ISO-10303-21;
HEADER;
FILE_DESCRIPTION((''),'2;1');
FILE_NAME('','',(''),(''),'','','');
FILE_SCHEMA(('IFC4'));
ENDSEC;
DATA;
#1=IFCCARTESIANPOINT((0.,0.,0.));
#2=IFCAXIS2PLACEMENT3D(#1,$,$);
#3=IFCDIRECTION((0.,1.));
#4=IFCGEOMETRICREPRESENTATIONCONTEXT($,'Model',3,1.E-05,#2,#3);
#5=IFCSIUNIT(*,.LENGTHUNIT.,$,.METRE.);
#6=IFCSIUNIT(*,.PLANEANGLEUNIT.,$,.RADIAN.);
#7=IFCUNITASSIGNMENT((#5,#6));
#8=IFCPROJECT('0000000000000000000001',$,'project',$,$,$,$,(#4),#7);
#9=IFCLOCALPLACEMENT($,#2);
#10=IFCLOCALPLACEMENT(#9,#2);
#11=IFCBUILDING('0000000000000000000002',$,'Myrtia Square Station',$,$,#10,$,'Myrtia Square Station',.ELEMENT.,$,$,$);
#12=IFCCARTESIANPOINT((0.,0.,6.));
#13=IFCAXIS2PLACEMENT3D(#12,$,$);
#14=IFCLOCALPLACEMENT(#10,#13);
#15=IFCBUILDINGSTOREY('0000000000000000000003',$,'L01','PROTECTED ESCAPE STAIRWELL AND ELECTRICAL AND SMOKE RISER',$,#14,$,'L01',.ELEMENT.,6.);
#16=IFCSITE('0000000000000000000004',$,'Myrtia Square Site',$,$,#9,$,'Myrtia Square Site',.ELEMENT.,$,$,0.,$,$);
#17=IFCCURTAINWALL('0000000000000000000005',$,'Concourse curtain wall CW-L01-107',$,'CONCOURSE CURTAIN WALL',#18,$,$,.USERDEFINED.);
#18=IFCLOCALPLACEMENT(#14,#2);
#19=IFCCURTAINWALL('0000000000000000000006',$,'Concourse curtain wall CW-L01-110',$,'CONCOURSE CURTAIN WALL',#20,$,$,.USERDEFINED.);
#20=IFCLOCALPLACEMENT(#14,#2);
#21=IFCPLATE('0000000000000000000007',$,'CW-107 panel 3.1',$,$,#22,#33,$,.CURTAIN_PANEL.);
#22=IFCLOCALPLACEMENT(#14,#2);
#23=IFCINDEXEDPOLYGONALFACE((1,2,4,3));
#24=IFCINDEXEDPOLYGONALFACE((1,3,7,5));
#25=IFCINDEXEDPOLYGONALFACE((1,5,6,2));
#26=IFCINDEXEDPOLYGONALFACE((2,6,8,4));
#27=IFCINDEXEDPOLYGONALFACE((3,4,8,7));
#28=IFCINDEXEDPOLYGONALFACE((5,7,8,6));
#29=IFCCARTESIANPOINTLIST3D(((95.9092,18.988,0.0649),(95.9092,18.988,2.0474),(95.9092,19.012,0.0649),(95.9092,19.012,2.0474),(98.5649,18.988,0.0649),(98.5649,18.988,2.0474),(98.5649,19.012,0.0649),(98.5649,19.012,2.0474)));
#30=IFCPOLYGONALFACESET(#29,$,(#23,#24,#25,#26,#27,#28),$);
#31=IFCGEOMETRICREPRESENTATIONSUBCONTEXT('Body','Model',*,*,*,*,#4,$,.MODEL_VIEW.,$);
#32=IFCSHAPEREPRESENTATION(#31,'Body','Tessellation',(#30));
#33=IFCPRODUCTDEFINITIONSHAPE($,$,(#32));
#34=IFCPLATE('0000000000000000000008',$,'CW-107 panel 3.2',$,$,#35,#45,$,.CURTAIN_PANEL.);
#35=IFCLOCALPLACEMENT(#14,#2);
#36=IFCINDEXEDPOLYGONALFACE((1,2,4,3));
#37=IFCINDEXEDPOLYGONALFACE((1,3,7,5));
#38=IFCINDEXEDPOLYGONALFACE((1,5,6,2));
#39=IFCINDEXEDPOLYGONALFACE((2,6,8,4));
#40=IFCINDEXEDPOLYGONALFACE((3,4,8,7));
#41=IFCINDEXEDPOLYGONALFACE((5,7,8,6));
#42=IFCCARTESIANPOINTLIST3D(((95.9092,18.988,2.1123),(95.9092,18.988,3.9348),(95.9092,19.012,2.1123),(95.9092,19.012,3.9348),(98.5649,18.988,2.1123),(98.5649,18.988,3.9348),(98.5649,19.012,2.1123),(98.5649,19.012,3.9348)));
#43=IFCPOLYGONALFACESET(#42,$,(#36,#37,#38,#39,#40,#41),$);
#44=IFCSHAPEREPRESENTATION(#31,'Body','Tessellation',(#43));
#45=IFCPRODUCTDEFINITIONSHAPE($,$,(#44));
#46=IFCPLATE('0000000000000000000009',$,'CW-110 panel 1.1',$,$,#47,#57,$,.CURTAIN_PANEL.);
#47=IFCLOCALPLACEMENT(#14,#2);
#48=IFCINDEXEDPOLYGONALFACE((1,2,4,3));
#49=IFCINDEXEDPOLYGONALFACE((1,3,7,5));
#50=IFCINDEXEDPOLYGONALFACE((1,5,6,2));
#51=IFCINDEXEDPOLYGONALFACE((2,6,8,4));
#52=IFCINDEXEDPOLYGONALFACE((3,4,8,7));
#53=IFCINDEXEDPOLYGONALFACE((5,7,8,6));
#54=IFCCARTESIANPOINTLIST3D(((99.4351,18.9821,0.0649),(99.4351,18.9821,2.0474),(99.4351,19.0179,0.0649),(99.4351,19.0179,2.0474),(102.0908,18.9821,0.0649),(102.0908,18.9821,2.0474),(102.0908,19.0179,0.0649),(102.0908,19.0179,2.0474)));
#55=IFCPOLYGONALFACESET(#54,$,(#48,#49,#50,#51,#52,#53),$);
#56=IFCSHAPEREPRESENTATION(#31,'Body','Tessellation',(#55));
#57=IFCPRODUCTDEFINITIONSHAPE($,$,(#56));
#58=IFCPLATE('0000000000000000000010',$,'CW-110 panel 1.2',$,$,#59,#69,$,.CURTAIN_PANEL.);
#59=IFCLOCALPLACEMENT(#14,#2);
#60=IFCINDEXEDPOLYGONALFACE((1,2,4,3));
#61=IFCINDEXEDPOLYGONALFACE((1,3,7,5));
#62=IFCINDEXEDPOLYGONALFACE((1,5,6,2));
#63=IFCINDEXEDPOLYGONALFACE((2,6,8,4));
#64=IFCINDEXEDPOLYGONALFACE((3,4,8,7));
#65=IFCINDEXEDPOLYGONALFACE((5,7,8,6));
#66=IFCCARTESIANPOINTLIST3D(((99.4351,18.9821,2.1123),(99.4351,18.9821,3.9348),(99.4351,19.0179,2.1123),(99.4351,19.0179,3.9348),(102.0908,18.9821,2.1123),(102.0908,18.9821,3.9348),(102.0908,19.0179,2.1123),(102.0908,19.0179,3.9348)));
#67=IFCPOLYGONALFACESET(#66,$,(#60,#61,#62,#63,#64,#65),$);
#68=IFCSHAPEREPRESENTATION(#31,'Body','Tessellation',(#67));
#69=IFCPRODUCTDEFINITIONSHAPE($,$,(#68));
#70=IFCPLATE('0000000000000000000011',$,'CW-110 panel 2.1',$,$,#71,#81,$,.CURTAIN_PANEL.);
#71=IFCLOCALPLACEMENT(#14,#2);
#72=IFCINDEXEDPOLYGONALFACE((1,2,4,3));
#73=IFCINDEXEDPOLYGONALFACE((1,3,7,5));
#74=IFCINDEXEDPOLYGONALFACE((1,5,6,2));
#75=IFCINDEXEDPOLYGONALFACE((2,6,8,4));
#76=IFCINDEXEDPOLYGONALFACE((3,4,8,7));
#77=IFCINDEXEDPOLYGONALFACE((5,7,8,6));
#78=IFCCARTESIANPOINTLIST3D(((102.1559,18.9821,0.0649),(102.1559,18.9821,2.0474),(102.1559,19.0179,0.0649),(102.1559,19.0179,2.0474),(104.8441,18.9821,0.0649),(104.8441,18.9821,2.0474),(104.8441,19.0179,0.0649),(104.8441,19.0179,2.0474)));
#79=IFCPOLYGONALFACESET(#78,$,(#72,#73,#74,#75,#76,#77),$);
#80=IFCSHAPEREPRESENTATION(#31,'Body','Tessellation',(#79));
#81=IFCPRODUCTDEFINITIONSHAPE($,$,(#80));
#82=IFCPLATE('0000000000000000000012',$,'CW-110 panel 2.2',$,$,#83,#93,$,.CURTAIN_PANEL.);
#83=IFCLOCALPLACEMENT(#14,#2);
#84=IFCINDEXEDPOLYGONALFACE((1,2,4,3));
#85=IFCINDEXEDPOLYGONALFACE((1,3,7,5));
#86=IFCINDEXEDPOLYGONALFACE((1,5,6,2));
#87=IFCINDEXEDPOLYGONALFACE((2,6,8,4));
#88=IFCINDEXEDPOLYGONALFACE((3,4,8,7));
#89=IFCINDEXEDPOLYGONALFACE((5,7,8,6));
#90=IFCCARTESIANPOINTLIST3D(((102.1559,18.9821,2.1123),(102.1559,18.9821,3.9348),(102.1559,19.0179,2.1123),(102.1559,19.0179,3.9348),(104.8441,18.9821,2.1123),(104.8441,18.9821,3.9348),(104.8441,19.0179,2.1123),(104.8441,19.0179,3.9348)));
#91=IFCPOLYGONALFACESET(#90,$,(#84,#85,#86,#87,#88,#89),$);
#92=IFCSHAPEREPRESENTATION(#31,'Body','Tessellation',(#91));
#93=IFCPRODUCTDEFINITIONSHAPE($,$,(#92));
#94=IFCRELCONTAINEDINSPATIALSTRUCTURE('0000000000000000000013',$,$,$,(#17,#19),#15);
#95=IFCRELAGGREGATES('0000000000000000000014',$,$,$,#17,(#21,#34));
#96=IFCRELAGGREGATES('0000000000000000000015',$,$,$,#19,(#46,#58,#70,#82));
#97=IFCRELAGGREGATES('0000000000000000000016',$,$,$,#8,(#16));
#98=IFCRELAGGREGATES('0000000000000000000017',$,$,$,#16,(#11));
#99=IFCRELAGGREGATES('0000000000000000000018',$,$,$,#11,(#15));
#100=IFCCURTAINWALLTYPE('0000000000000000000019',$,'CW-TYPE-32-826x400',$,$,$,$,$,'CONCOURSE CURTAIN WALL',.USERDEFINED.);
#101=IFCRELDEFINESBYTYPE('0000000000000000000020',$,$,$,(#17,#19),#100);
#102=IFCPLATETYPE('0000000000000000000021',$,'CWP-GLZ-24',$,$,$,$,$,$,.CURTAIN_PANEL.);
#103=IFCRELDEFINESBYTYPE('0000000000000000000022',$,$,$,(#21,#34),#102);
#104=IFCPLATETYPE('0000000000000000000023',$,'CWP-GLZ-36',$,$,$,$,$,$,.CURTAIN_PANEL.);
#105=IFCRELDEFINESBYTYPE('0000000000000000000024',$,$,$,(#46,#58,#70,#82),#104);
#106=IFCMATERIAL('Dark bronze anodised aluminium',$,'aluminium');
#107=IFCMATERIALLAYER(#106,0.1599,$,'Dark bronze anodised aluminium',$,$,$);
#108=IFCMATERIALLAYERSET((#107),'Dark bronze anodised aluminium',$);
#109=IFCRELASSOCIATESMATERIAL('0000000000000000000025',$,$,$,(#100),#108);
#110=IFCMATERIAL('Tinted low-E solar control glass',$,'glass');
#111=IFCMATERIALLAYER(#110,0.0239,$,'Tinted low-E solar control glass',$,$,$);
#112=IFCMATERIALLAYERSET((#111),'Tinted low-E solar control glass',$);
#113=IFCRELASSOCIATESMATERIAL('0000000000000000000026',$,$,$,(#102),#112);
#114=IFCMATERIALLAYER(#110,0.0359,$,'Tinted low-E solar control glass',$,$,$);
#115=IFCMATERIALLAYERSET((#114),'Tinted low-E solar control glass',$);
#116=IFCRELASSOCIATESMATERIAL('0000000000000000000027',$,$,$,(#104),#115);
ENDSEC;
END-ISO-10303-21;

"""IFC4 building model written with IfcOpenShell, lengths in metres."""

from ifc_helpers import new_model, si_unit, direction, frame, origin, origin_2d, place, context, subcontext, project, spatial, rectangle, extrude, material, layer, layer_set, type_object, element, aggregate, save


model = new_model("IFC4")

# Units and contexts
model_context = context("Model", 3, precision=1e-05, world=origin(), true_north=direction((0.0, 1.0)))
body_context = subcontext(model_context, "Body", "Model", "MODEL_VIEW")
ifc_project = project(units=[si_unit("LENGTHUNIT", "METRE"), si_unit("PLANEANGLEUNIT", "RADIAN")], contexts=[model_context])

# Site, building, storey
site_placement = place(None, origin())
site = spatial("IfcSite", under=ifc_project, at=site_placement, Name="Myrtia Square Site", LongName="Myrtia Square Site", CompositionType="ELEMENT", RefElevation=0.0)
building_placement = place(site_placement, origin())
building = spatial("IfcBuilding", under=site, at=building_placement, Name="Myrtia Square Station", LongName="Myrtia Square Station", CompositionType="ELEMENT")
storey_placement = place(building_placement, frame((0.0, 0.0, 6.0)))
storey = spatial("IfcBuildingStorey", under=building, at=storey_placement, Name="L01", Description="PROTECTED ESCAPE STAIRWELL AND ELECTRICAL AND SMOKE RISER", LongName="L01", CompositionType="ELEMENT", Elevation=6.0)

# Curtain walls
ifc_material_1 = material(Name="Dark bronze anodised aluminium", Category="aluminium")
ifc_layer_1 = layer(ifc_material_1, 0.1599, Name="Dark bronze anodised aluminium")
ifc_layer_set_1 = layer_set([ifc_layer_1], Name="Dark bronze anodised aluminium")
curtain_wall_type = type_object("IfcCurtainWallType", Name="CW-TYPE-32-826x400", ElementType="CONCOURSE CURTAIN WALL", PredefinedType="USERDEFINED", material=ifc_layer_set_1)
curtain_wall_1_placement = place(storey_placement, origin())
curtain_wall_1 = element("IfcCurtainWall", 1, at=curtain_wall_1_placement, inside=storey, type_object=curtain_wall_type, Name="Concourse curtain wall CW-L01-107", ObjectType="CONCOURSE CURTAIN WALL", PredefinedType="USERDEFINED")
curtain_wall_2_placement = place(storey_placement, origin())
curtain_wall_2 = element("IfcCurtainWall", 2, at=curtain_wall_2_placement, inside=storey, type_object=curtain_wall_type, Name="Concourse curtain wall CW-L01-110", ObjectType="CONCOURSE CURTAIN WALL", PredefinedType="USERDEFINED")

# Plates
ifc_material_2 = material(Name="Tinted low-E solar control glass", Category="glass")
ifc_layer_2 = layer(ifc_material_2, 0.0239, Name="Tinted low-E solar control glass")
ifc_layer_set_2 = layer_set([ifc_layer_2], Name="Tinted low-E solar control glass")
plate_type_1 = type_object("IfcPlateType", Name="CWP-GLZ-24", PredefinedType="CURTAIN_PANEL", material=ifc_layer_set_2)
plate_1_placement = place(storey_placement, frame((97.2371, 19.0, 0.0649), z_axis=(0.0, 0.0, 1.0), x_axis=(1.0, 0.0, 0.0)))
plate_1 = element("IfcPlate", 3, at=plate_1_placement, type_object=plate_type_1, Name="CW-107 panel 3.1", PredefinedType="CURTAIN_PANEL", context=body_context, shape_type="SweptSolid", body=[
    extrude(rectangle(XDim=2.6558, YDim=0.0239, at=origin_2d()), origin(), (0.0, 0.0, 1.0), 1.9824),
])
plate_2_placement = place(storey_placement, frame((97.2371, 19.0, 2.1123), z_axis=(0.0, 0.0, 1.0), x_axis=(1.0, 0.0, 0.0)))
plate_2 = element("IfcPlate", 4, at=plate_2_placement, type_object=plate_type_1, Name="CW-107 panel 3.2", PredefinedType="CURTAIN_PANEL", context=body_context, shape_type="SweptSolid", body=[
    extrude(rectangle(XDim=2.6558, YDim=0.0239, at=origin_2d()), origin(), (0.0, 0.0, 1.0), 1.8225),
])
aggregate(curtain_wall_1, [plate_1, plate_2])
ifc_layer_3 = layer(ifc_material_2, 0.0359, Name="Tinted low-E solar control glass")
ifc_layer_set_3 = layer_set([ifc_layer_3], Name="Tinted low-E solar control glass")
plate_type_2 = type_object("IfcPlateType", Name="CWP-GLZ-36", PredefinedType="CURTAIN_PANEL", material=ifc_layer_set_3)
plate_3_placement = place(storey_placement, frame((100.7629, 19.0, 0.0649), z_axis=(0.0, 0.0, 1.0), x_axis=(1.0, 0.0, 0.0)))
plate_3 = element("IfcPlate", 5, at=plate_3_placement, type_object=plate_type_2, Name="CW-110 panel 1.1", PredefinedType="CURTAIN_PANEL", context=body_context, shape_type="SweptSolid", body=[
    extrude(rectangle(XDim=2.6558, YDim=0.0359, at=origin_2d()), origin(), (0.0, 0.0, 1.0), 1.9824),
])
plate_4_placement = place(storey_placement, frame((100.7629, 19.0, 2.1123), z_axis=(0.0, 0.0, 1.0), x_axis=(1.0, 0.0, 0.0)))
plate_4 = element("IfcPlate", 6, at=plate_4_placement, type_object=plate_type_2, Name="CW-110 panel 1.2", PredefinedType="CURTAIN_PANEL", context=body_context, shape_type="SweptSolid", body=[
    extrude(rectangle(XDim=2.6558, YDim=0.0359, at=origin_2d()), origin(), (0.0, 0.0, 1.0), 1.8225),
])
plate_5_placement = place(storey_placement, frame((103.5, 19.0, 0.0649), z_axis=(0.0, 0.0, 1.0), x_axis=(1.0, 0.0, 0.0)))
plate_5 = element("IfcPlate", 7, at=plate_5_placement, type_object=plate_type_2, Name="CW-110 panel 2.1", PredefinedType="CURTAIN_PANEL", context=body_context, shape_type="SweptSolid", body=[
    extrude(rectangle(XDim=2.6882, YDim=0.0359, at=origin_2d()), origin(), (0.0, 0.0, 1.0), 1.9824),
])
plate_6_placement = place(storey_placement, frame((103.5, 19.0, 2.1123), z_axis=(0.0, 0.0, 1.0), x_axis=(1.0, 0.0, 0.0)))
plate_6 = element("IfcPlate", 8, at=plate_6_placement, type_object=plate_type_2, Name="CW-110 panel 2.2", PredefinedType="CURTAIN_PANEL", context=body_context, shape_type="SweptSolid", body=[
    extrude(rectangle(XDim=2.6882, YDim=0.0359, at=origin_2d()), origin(), (0.0, 0.0, 1.0), 1.8225),
])
aggregate(curtain_wall_2, [plate_3, plate_4, plate_5, plate_6])

save(model, "model.ifc")
